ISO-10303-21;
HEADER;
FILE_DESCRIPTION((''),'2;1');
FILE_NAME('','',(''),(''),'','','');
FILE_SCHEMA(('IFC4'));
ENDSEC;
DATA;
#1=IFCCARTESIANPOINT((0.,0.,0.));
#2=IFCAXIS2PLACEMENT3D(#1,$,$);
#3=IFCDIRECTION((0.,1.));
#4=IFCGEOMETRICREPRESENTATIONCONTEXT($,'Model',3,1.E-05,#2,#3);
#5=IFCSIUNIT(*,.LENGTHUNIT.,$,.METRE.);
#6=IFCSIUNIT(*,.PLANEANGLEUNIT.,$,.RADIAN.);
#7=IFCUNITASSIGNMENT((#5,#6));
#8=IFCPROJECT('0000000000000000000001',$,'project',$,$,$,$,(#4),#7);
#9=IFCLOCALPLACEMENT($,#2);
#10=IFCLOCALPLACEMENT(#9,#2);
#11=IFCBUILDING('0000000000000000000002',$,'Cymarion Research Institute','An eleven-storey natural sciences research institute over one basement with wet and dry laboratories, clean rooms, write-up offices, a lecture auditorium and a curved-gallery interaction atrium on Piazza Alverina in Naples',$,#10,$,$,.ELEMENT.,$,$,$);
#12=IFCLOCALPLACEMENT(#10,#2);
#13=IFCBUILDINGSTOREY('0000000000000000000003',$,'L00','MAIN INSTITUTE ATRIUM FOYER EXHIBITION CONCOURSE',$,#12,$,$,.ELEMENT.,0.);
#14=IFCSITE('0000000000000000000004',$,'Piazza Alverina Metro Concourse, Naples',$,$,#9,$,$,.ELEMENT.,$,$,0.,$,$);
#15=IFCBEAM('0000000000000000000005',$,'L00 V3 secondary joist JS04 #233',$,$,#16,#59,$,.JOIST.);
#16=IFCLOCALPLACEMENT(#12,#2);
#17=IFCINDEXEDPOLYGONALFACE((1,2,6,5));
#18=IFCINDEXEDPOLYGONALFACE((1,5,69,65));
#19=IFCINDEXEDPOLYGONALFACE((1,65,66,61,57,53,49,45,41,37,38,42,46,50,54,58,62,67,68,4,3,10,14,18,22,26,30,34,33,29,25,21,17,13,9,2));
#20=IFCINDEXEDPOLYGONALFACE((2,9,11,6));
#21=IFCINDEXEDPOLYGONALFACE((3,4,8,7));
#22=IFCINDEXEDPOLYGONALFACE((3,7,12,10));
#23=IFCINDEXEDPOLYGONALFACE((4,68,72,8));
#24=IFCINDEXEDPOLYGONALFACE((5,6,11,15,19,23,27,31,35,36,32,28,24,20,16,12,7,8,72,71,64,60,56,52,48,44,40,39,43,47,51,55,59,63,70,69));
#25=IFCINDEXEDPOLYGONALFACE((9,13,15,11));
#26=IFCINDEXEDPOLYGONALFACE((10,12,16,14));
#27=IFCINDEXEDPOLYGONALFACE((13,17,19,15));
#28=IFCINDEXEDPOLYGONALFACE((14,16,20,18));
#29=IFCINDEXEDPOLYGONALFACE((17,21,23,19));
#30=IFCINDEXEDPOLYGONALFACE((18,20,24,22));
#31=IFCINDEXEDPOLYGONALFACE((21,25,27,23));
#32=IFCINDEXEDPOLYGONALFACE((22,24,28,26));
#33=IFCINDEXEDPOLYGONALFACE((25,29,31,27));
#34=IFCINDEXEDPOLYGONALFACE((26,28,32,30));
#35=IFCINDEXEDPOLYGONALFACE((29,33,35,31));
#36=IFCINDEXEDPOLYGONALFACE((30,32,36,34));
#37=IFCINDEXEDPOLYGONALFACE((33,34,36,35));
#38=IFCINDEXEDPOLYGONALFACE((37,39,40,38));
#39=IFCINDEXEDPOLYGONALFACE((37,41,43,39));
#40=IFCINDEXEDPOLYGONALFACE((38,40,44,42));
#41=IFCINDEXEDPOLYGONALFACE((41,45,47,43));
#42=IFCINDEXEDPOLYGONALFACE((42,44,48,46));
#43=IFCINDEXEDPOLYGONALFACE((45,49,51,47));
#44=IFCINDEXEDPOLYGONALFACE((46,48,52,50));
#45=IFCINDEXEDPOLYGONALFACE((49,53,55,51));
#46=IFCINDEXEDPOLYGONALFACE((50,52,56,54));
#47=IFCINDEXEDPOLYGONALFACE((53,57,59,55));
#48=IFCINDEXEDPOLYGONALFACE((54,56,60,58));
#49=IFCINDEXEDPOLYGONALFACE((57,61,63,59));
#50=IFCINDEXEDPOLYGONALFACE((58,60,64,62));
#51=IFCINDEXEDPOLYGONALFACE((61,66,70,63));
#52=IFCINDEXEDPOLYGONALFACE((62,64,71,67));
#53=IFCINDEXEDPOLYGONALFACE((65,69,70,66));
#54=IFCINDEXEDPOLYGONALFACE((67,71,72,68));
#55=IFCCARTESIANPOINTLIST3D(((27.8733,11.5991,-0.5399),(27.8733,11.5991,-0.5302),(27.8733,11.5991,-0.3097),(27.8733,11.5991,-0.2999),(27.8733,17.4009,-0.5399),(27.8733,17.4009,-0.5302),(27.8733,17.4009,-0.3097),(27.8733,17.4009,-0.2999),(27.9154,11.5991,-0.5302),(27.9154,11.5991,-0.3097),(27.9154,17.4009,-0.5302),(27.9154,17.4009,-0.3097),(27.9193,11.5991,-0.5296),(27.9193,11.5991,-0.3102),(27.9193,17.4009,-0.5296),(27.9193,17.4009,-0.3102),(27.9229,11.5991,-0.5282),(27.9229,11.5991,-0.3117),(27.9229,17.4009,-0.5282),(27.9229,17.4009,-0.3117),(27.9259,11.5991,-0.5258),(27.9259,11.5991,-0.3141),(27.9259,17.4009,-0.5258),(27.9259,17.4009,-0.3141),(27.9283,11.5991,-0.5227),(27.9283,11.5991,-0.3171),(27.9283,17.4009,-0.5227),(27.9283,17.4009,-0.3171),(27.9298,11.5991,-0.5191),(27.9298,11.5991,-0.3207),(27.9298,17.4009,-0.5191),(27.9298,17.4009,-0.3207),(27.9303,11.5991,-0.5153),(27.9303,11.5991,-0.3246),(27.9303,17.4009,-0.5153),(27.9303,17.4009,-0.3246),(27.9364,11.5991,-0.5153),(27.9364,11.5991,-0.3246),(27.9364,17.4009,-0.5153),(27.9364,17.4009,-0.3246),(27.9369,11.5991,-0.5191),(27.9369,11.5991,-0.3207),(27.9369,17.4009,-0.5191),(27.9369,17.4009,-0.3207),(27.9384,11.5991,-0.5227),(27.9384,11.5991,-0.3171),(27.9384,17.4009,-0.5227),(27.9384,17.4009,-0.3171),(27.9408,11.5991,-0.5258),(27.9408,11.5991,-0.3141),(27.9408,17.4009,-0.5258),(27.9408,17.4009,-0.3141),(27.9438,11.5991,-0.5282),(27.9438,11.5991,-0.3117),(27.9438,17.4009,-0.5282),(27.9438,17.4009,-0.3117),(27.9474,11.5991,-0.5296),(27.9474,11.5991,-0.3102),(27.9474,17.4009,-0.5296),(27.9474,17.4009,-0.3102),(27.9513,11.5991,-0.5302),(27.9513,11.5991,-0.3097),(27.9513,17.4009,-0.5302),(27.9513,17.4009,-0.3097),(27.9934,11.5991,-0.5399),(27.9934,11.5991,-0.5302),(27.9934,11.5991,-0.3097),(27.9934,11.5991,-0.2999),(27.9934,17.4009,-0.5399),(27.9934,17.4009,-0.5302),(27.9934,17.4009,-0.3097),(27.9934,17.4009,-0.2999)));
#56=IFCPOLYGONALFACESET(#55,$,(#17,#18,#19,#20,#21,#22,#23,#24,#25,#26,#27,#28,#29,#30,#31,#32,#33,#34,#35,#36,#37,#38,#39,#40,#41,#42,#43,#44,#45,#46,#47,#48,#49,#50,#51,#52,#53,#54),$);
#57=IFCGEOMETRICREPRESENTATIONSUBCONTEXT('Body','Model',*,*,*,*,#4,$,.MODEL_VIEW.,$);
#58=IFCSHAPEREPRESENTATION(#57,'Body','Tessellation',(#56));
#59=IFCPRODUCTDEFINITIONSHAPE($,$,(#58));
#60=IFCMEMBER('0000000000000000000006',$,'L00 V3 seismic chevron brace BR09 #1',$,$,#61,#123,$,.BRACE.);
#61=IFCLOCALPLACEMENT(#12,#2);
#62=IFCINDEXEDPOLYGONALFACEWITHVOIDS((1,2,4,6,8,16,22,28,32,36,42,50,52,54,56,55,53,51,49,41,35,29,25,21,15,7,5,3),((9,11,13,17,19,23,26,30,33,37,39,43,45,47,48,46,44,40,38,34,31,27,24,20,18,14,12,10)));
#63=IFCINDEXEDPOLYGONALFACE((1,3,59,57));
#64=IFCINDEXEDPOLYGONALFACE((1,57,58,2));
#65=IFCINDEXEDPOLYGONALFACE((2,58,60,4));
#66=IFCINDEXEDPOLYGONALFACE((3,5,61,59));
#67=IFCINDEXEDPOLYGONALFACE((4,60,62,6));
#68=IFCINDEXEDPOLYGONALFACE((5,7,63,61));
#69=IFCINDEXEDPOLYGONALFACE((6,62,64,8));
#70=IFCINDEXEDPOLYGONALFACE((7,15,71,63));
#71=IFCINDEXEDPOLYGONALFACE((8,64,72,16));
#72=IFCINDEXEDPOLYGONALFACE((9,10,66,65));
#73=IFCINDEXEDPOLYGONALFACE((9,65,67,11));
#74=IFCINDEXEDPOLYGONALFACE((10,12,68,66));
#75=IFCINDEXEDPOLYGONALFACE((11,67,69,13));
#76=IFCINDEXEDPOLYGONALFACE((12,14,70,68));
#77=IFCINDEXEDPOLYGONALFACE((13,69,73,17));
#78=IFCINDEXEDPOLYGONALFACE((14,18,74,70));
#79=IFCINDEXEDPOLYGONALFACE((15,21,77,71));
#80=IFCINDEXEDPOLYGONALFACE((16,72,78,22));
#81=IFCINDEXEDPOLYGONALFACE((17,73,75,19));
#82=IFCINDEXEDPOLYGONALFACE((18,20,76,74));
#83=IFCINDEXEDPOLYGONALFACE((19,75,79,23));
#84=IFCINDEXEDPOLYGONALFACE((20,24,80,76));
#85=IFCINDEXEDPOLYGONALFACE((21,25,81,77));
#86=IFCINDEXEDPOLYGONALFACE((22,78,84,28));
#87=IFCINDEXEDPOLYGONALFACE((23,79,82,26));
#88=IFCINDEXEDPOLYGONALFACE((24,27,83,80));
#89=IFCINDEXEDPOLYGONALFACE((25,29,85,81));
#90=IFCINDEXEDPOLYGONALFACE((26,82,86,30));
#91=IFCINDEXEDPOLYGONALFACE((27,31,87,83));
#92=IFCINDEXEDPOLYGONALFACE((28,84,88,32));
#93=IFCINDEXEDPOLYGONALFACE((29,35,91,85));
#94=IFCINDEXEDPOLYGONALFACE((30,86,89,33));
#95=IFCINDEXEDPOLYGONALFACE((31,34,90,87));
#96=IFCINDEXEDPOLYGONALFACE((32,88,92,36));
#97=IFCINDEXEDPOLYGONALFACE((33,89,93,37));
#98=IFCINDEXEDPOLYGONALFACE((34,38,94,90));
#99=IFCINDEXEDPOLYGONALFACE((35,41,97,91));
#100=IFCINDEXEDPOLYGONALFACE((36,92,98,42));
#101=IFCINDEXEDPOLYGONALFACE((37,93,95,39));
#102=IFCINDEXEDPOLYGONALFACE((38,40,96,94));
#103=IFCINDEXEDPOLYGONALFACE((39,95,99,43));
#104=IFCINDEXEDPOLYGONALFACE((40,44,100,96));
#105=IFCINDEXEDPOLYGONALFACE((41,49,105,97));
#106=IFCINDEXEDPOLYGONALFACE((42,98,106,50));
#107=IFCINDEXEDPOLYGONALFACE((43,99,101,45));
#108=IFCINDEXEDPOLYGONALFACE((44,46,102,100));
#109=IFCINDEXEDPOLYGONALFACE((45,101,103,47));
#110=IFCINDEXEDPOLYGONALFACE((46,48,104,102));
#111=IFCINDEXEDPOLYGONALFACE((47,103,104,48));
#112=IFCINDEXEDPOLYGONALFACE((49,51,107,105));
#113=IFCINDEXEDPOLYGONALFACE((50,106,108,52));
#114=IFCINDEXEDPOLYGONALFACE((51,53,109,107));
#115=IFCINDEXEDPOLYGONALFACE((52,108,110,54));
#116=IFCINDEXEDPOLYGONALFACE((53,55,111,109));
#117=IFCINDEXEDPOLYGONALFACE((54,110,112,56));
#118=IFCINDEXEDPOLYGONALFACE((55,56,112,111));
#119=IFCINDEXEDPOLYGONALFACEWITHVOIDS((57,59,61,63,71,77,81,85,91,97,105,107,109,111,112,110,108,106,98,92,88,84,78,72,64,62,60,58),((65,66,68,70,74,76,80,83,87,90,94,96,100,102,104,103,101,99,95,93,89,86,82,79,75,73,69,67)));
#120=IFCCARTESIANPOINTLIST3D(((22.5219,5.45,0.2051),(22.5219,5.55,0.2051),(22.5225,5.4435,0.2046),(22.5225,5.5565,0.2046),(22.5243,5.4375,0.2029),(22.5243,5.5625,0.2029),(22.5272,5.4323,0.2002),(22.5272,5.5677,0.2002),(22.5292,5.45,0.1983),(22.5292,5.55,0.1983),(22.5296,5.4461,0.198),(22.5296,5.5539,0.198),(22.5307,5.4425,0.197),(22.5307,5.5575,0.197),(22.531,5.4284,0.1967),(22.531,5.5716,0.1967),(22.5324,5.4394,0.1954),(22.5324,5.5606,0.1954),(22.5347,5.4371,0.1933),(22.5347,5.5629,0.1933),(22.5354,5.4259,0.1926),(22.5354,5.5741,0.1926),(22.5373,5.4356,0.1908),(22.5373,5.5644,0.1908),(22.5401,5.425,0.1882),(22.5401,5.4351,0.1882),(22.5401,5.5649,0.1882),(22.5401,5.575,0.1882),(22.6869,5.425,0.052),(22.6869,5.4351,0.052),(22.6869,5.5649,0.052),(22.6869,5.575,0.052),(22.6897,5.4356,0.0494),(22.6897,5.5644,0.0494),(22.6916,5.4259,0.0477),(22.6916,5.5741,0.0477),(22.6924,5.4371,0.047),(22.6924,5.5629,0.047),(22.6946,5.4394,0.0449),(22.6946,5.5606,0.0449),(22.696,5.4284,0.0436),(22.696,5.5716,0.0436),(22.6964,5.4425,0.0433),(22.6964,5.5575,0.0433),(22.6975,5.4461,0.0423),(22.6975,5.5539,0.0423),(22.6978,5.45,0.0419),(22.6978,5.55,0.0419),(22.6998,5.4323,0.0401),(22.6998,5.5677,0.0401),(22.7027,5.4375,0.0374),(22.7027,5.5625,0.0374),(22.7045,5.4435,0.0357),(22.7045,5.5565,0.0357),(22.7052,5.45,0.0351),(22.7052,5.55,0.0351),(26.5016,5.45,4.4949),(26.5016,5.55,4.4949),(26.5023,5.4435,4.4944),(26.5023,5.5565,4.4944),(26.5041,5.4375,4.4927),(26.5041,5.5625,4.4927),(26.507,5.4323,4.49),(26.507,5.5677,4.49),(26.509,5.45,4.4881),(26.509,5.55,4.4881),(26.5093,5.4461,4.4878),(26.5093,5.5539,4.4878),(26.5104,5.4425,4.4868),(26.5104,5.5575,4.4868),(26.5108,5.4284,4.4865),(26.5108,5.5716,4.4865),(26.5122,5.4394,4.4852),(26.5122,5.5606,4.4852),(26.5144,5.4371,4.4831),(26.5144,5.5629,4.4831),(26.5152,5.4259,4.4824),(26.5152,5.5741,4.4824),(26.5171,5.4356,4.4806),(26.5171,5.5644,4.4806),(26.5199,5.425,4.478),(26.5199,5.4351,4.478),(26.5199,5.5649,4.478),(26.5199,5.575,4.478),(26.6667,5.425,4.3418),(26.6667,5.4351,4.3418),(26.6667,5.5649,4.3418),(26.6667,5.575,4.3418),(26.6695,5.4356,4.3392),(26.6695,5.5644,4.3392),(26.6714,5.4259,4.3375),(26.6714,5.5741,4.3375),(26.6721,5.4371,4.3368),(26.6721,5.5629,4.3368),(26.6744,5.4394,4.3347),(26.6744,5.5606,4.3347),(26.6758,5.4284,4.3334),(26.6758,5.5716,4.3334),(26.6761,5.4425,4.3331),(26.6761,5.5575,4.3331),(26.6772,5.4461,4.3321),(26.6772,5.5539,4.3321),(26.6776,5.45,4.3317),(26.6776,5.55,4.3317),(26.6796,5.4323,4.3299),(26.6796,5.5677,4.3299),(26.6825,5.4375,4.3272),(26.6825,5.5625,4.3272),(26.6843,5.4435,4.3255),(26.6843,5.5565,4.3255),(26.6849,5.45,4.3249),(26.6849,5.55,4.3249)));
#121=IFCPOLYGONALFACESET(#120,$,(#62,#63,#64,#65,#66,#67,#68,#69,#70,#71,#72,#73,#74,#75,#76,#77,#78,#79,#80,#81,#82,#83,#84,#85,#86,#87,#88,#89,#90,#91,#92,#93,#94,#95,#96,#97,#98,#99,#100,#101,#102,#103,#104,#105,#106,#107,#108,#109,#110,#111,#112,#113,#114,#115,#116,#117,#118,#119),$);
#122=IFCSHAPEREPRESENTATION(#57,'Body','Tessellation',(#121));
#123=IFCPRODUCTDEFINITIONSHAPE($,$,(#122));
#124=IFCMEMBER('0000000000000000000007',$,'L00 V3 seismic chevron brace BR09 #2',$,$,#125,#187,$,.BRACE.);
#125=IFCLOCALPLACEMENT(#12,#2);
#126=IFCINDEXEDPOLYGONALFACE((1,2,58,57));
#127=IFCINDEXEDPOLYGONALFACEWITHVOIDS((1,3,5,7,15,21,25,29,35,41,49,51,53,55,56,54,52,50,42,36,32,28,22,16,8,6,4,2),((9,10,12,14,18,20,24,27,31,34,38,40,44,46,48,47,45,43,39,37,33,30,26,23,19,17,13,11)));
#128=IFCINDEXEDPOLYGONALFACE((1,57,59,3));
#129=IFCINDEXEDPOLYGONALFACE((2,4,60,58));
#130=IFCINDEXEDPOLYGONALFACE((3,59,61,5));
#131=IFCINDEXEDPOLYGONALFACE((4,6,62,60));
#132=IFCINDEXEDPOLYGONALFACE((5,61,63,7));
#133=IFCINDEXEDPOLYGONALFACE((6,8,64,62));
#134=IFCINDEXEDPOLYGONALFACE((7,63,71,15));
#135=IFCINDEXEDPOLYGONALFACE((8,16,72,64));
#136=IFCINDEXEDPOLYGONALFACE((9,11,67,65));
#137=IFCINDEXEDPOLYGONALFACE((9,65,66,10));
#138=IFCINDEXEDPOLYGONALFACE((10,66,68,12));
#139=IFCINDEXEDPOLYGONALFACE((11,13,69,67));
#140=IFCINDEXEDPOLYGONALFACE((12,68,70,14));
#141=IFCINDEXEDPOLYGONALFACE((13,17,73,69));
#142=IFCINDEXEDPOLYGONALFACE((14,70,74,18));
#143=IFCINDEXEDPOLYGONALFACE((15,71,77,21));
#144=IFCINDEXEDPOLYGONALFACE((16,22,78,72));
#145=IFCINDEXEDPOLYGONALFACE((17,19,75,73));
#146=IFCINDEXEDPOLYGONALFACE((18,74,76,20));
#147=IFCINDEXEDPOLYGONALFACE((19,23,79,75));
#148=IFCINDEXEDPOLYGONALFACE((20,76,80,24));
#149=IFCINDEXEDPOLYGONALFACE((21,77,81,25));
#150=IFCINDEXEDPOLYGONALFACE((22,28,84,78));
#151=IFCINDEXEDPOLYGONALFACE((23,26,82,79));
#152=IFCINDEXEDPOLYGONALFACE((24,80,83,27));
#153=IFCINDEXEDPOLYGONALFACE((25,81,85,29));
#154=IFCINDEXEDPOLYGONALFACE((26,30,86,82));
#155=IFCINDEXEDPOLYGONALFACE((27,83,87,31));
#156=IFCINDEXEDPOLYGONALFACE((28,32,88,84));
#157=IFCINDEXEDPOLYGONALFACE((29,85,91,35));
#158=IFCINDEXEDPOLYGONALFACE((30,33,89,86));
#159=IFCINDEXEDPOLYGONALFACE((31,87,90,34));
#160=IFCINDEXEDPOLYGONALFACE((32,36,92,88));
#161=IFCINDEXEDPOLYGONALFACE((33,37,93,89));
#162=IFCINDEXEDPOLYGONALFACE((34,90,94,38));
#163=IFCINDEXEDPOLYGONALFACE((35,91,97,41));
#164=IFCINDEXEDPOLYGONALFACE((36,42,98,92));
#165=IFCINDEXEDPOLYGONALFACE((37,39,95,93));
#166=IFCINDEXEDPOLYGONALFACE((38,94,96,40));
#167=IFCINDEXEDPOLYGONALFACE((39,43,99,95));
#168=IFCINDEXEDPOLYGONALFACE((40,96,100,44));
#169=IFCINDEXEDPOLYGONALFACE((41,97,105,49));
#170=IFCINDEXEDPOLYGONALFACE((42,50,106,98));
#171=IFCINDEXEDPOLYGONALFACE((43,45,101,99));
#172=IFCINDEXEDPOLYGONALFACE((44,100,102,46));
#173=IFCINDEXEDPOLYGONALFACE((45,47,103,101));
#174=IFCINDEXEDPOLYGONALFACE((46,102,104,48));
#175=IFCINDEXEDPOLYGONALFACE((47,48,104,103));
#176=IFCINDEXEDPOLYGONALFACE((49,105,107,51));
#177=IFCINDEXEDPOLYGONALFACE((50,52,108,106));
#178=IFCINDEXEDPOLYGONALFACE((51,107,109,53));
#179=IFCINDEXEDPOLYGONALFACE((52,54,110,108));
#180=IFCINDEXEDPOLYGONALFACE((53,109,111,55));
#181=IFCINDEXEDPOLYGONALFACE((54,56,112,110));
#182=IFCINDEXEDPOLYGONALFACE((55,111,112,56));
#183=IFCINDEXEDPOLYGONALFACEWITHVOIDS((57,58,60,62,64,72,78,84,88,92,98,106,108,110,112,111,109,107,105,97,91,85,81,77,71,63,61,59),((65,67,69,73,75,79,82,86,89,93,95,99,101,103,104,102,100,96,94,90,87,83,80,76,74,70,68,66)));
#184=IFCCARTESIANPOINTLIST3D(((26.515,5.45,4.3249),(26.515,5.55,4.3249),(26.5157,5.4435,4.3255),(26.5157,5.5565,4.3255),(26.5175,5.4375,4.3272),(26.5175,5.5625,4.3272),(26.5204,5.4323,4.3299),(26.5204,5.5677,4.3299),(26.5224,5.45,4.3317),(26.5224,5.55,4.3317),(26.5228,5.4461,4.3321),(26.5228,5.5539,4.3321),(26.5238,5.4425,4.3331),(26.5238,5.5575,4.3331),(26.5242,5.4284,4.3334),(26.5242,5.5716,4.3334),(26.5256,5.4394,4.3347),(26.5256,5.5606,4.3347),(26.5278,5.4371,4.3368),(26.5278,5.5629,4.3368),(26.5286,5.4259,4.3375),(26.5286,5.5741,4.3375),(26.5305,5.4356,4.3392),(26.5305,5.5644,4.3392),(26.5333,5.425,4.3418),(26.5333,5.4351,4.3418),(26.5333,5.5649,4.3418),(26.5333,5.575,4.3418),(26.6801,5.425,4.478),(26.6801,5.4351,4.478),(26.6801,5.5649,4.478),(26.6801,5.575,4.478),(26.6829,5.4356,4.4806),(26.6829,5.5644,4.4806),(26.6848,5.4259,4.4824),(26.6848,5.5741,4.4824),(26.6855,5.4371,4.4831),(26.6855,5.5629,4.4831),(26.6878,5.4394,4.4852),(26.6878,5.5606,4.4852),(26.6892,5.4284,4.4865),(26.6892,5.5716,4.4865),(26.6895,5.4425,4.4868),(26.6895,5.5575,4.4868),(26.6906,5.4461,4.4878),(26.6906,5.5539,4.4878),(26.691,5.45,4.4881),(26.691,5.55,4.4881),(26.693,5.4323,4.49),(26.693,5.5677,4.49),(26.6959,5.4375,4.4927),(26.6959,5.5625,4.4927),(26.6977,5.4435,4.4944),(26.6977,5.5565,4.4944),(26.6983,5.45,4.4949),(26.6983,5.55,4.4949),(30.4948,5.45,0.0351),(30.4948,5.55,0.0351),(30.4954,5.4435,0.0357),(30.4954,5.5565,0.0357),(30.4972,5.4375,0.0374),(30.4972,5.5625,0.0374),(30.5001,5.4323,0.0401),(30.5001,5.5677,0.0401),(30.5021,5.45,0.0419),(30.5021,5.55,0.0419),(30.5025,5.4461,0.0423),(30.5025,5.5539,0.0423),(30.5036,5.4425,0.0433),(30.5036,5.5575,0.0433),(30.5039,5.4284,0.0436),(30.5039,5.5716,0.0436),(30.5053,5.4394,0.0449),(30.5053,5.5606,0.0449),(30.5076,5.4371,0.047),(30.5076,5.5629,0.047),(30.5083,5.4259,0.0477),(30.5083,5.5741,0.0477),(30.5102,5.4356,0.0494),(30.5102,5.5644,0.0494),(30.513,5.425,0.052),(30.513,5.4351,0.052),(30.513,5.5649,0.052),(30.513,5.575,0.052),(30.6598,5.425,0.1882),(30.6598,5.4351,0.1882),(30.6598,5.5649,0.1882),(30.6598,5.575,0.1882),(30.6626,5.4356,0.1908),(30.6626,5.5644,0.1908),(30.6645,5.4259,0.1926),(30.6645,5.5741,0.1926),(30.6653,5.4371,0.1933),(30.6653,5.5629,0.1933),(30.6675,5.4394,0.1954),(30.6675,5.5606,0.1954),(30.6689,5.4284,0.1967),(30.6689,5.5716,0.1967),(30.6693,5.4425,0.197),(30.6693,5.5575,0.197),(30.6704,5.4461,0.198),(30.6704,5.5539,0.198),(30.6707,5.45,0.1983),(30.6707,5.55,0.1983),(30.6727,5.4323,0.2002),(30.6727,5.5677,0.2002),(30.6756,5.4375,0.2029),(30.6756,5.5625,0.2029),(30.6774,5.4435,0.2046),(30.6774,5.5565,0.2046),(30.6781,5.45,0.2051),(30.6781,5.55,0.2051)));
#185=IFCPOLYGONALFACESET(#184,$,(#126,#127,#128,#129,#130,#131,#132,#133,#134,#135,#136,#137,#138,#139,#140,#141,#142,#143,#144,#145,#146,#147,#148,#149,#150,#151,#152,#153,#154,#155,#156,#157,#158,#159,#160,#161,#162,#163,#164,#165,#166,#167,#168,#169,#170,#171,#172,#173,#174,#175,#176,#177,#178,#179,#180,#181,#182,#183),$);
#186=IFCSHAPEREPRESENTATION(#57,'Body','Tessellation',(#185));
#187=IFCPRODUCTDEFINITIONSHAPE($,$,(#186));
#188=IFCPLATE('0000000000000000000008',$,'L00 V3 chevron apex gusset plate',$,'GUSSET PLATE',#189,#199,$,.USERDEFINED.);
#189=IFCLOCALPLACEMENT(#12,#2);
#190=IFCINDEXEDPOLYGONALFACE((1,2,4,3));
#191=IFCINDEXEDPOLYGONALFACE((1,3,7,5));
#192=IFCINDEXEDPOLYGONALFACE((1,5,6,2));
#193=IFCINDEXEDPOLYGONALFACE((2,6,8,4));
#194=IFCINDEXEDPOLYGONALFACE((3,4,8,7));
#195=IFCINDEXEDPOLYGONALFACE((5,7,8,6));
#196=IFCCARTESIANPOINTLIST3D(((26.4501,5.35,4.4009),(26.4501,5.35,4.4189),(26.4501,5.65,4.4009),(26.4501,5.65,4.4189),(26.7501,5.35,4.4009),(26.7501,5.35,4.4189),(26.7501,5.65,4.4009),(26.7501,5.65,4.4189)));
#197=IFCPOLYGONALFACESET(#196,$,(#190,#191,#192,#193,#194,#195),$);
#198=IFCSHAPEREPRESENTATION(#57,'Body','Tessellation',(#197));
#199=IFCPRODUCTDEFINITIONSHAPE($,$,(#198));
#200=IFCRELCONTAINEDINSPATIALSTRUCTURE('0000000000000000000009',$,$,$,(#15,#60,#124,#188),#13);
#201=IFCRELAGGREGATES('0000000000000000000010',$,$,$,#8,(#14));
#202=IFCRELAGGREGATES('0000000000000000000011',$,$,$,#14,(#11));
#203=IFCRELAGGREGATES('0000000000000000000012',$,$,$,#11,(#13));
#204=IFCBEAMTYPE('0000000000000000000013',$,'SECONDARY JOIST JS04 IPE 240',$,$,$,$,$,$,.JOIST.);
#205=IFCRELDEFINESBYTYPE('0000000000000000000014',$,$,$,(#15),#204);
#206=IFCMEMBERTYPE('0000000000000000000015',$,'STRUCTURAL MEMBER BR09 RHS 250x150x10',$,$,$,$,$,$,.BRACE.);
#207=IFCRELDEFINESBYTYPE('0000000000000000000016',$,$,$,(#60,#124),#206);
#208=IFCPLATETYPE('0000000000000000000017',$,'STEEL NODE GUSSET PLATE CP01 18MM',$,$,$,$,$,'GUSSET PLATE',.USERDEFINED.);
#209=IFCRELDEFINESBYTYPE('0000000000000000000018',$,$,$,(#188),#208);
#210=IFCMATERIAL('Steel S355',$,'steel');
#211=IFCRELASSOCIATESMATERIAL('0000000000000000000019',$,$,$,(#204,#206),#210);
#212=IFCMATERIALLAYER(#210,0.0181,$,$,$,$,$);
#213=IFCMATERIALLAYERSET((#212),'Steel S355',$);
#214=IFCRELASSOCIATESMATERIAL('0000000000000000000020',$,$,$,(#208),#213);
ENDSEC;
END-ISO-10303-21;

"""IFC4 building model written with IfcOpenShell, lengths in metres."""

from ifc_helpers import new_model, si_unit, direction, frame, origin, origin_2d, place, context, subcontext, project, spatial, rectangle, hollow_rectangle, i_section, extrude, material, layer, layer_set, material_profile, profile_set, type_object, element, save


model = new_model("IFC4")

# Units and contexts
model_context = context("Model", 3, precision=1e-05, world=origin(), true_north=direction((0.0, 1.0)))
body_context = subcontext(model_context, "Body", "Model", "MODEL_VIEW")
ifc_project = project(units=[si_unit("LENGTHUNIT", "METRE"), si_unit("PLANEANGLEUNIT", "RADIAN")], contexts=[model_context])

# Site, building, storey
site_placement = place(None, origin())
site = spatial("IfcSite", under=ifc_project, at=site_placement, Name="Piazza Alverina Metro Concourse, Naples", CompositionType="ELEMENT", RefElevation=0.0)
building_placement = place(site_placement, origin())
building = spatial("IfcBuilding", under=site, at=building_placement, Name="Cymarion Research Institute", Description="An eleven-storey natural sciences research institute over one basement with wet and dry laboratories, clean rooms, write-up offices, a lecture auditorium and a curved-gallery interaction atrium on Piazza Alverina in Naples", CompositionType="ELEMENT")
storey_placement = place(building_placement, origin())
storey = spatial("IfcBuildingStorey", under=building, at=storey_placement, Name="L00", Description="MAIN INSTITUTE ATRIUM FOYER EXHIBITION CONCOURSE", CompositionType="ELEMENT", Elevation=0.0)

# Shared definitions
ifc_material_1 = material(Name="Steel S355", Category="steel")

# Beam
ifc_material_profile_1 = material_profile(ifc_material_1, i_section(OverallWidth=0.1201, OverallDepth=0.24, WebThickness=0.0061, FlangeThickness=0.0098, FilletRadius=0.0149, at=origin_2d()), Name="IPE 240")
ifc_profile_set_1 = profile_set([ifc_material_profile_1], Name="Steel S355")
beam_type_1 = type_object("IfcBeamType", Name="SECONDARY JOIST JS04 IPE 240", PredefinedType="JOIST", material=ifc_profile_set_1)
for number, where, z_axis, x_axis, name in (
    (1, (27.9333, 11.5991, -0.4199), (0.0, 1.0, 0.0), (-1.0, 0.0, 0.0), "L00 V3 secondary joist JS04 #233"),
):
    element("IfcBeam", number, at=place(storey_placement, frame(where, z_axis=z_axis, x_axis=x_axis)), inside=storey, type_object=beam_type_1, Name=name, PredefinedType="JOIST", context=body_context, shape_type="SweptSolid", body=[
        extrude(i_section(OverallWidth=0.1201, OverallDepth=0.24, WebThickness=0.0061, FlangeThickness=0.0098, FilletRadius=0.0149, at=origin_2d()), origin(), (0.0, 0.0, 1.0), 5.8018),
    ])

# Members
ifc_material_profile_2 = material_profile(ifc_material_1, hollow_rectangle(XDim=0.1499, YDim=0.25, WallThickness=0.01, InnerFilletRadius=0.0149, OuterFilletRadius=0.0249, at=origin_2d()), Name="RHS 250x150x10")
ifc_profile_set_2 = profile_set([ifc_material_profile_2], Name="Steel S355")
member_type = type_object("IfcMemberType", Name="STRUCTURAL MEMBER BR09 RHS 250x150x10", PredefinedType="BRACE", material=ifc_profile_set_2)
for number, where, z_axis, x_axis, name in (
    (2, (22.6135, 5.5, 0.1201), (0.680117, 0.0, 0.733104), (0.0, 1.0, 0.0), "L00 V3 seismic chevron brace BR09 #1"),
    (3, (30.5864, 5.5, 0.1201), (-0.680117, 0.0, 0.733104), (0.0, -1.0, 0.0), "L00 V3 seismic chevron brace BR09 #2"),
):
    element("IfcMember", number, at=place(storey_placement, frame(where, z_axis=z_axis, x_axis=x_axis)), inside=storey, type_object=member_type, Name=name, PredefinedType="BRACE", context=body_context, shape_type="SweptSolid", body=[
        extrude(hollow_rectangle(XDim=0.1499, YDim=0.25, WallThickness=0.01, InnerFilletRadius=0.0149, OuterFilletRadius=0.0249, at=origin_2d()), origin(), (0.0, 0.0, 1.0), 5.8516),
    ])

# Plate
ifc_layer_1 = layer(ifc_material_1, 0.0181)
ifc_layer_set_1 = layer_set([ifc_layer_1], Name="Steel S355")
plate_type_1 = type_object("IfcPlateType", Name="STEEL NODE GUSSET PLATE CP01 18MM", ElementType="GUSSET PLATE", PredefinedType="USERDEFINED", material=ifc_layer_set_1)
plate_placement = place(storey_placement, frame((26.6001, 5.5, 4.4009), z_axis=(0.0, 0.0, 1.0), x_axis=(1.0, 0.0, 0.0)))
element("IfcPlate", 4, at=plate_placement, inside=storey, type_object=plate_type_1, Name="L00 V3 chevron apex gusset plate", ObjectType="GUSSET PLATE", PredefinedType="USERDEFINED", context=body_context, shape_type="SweptSolid", body=[
    extrude(rectangle(XDim=0.3, YDim=0.3, at=origin_2d()), origin(), (0.0, 0.0, 1.0), 0.0181),
])

save(model, "model.ifc")
